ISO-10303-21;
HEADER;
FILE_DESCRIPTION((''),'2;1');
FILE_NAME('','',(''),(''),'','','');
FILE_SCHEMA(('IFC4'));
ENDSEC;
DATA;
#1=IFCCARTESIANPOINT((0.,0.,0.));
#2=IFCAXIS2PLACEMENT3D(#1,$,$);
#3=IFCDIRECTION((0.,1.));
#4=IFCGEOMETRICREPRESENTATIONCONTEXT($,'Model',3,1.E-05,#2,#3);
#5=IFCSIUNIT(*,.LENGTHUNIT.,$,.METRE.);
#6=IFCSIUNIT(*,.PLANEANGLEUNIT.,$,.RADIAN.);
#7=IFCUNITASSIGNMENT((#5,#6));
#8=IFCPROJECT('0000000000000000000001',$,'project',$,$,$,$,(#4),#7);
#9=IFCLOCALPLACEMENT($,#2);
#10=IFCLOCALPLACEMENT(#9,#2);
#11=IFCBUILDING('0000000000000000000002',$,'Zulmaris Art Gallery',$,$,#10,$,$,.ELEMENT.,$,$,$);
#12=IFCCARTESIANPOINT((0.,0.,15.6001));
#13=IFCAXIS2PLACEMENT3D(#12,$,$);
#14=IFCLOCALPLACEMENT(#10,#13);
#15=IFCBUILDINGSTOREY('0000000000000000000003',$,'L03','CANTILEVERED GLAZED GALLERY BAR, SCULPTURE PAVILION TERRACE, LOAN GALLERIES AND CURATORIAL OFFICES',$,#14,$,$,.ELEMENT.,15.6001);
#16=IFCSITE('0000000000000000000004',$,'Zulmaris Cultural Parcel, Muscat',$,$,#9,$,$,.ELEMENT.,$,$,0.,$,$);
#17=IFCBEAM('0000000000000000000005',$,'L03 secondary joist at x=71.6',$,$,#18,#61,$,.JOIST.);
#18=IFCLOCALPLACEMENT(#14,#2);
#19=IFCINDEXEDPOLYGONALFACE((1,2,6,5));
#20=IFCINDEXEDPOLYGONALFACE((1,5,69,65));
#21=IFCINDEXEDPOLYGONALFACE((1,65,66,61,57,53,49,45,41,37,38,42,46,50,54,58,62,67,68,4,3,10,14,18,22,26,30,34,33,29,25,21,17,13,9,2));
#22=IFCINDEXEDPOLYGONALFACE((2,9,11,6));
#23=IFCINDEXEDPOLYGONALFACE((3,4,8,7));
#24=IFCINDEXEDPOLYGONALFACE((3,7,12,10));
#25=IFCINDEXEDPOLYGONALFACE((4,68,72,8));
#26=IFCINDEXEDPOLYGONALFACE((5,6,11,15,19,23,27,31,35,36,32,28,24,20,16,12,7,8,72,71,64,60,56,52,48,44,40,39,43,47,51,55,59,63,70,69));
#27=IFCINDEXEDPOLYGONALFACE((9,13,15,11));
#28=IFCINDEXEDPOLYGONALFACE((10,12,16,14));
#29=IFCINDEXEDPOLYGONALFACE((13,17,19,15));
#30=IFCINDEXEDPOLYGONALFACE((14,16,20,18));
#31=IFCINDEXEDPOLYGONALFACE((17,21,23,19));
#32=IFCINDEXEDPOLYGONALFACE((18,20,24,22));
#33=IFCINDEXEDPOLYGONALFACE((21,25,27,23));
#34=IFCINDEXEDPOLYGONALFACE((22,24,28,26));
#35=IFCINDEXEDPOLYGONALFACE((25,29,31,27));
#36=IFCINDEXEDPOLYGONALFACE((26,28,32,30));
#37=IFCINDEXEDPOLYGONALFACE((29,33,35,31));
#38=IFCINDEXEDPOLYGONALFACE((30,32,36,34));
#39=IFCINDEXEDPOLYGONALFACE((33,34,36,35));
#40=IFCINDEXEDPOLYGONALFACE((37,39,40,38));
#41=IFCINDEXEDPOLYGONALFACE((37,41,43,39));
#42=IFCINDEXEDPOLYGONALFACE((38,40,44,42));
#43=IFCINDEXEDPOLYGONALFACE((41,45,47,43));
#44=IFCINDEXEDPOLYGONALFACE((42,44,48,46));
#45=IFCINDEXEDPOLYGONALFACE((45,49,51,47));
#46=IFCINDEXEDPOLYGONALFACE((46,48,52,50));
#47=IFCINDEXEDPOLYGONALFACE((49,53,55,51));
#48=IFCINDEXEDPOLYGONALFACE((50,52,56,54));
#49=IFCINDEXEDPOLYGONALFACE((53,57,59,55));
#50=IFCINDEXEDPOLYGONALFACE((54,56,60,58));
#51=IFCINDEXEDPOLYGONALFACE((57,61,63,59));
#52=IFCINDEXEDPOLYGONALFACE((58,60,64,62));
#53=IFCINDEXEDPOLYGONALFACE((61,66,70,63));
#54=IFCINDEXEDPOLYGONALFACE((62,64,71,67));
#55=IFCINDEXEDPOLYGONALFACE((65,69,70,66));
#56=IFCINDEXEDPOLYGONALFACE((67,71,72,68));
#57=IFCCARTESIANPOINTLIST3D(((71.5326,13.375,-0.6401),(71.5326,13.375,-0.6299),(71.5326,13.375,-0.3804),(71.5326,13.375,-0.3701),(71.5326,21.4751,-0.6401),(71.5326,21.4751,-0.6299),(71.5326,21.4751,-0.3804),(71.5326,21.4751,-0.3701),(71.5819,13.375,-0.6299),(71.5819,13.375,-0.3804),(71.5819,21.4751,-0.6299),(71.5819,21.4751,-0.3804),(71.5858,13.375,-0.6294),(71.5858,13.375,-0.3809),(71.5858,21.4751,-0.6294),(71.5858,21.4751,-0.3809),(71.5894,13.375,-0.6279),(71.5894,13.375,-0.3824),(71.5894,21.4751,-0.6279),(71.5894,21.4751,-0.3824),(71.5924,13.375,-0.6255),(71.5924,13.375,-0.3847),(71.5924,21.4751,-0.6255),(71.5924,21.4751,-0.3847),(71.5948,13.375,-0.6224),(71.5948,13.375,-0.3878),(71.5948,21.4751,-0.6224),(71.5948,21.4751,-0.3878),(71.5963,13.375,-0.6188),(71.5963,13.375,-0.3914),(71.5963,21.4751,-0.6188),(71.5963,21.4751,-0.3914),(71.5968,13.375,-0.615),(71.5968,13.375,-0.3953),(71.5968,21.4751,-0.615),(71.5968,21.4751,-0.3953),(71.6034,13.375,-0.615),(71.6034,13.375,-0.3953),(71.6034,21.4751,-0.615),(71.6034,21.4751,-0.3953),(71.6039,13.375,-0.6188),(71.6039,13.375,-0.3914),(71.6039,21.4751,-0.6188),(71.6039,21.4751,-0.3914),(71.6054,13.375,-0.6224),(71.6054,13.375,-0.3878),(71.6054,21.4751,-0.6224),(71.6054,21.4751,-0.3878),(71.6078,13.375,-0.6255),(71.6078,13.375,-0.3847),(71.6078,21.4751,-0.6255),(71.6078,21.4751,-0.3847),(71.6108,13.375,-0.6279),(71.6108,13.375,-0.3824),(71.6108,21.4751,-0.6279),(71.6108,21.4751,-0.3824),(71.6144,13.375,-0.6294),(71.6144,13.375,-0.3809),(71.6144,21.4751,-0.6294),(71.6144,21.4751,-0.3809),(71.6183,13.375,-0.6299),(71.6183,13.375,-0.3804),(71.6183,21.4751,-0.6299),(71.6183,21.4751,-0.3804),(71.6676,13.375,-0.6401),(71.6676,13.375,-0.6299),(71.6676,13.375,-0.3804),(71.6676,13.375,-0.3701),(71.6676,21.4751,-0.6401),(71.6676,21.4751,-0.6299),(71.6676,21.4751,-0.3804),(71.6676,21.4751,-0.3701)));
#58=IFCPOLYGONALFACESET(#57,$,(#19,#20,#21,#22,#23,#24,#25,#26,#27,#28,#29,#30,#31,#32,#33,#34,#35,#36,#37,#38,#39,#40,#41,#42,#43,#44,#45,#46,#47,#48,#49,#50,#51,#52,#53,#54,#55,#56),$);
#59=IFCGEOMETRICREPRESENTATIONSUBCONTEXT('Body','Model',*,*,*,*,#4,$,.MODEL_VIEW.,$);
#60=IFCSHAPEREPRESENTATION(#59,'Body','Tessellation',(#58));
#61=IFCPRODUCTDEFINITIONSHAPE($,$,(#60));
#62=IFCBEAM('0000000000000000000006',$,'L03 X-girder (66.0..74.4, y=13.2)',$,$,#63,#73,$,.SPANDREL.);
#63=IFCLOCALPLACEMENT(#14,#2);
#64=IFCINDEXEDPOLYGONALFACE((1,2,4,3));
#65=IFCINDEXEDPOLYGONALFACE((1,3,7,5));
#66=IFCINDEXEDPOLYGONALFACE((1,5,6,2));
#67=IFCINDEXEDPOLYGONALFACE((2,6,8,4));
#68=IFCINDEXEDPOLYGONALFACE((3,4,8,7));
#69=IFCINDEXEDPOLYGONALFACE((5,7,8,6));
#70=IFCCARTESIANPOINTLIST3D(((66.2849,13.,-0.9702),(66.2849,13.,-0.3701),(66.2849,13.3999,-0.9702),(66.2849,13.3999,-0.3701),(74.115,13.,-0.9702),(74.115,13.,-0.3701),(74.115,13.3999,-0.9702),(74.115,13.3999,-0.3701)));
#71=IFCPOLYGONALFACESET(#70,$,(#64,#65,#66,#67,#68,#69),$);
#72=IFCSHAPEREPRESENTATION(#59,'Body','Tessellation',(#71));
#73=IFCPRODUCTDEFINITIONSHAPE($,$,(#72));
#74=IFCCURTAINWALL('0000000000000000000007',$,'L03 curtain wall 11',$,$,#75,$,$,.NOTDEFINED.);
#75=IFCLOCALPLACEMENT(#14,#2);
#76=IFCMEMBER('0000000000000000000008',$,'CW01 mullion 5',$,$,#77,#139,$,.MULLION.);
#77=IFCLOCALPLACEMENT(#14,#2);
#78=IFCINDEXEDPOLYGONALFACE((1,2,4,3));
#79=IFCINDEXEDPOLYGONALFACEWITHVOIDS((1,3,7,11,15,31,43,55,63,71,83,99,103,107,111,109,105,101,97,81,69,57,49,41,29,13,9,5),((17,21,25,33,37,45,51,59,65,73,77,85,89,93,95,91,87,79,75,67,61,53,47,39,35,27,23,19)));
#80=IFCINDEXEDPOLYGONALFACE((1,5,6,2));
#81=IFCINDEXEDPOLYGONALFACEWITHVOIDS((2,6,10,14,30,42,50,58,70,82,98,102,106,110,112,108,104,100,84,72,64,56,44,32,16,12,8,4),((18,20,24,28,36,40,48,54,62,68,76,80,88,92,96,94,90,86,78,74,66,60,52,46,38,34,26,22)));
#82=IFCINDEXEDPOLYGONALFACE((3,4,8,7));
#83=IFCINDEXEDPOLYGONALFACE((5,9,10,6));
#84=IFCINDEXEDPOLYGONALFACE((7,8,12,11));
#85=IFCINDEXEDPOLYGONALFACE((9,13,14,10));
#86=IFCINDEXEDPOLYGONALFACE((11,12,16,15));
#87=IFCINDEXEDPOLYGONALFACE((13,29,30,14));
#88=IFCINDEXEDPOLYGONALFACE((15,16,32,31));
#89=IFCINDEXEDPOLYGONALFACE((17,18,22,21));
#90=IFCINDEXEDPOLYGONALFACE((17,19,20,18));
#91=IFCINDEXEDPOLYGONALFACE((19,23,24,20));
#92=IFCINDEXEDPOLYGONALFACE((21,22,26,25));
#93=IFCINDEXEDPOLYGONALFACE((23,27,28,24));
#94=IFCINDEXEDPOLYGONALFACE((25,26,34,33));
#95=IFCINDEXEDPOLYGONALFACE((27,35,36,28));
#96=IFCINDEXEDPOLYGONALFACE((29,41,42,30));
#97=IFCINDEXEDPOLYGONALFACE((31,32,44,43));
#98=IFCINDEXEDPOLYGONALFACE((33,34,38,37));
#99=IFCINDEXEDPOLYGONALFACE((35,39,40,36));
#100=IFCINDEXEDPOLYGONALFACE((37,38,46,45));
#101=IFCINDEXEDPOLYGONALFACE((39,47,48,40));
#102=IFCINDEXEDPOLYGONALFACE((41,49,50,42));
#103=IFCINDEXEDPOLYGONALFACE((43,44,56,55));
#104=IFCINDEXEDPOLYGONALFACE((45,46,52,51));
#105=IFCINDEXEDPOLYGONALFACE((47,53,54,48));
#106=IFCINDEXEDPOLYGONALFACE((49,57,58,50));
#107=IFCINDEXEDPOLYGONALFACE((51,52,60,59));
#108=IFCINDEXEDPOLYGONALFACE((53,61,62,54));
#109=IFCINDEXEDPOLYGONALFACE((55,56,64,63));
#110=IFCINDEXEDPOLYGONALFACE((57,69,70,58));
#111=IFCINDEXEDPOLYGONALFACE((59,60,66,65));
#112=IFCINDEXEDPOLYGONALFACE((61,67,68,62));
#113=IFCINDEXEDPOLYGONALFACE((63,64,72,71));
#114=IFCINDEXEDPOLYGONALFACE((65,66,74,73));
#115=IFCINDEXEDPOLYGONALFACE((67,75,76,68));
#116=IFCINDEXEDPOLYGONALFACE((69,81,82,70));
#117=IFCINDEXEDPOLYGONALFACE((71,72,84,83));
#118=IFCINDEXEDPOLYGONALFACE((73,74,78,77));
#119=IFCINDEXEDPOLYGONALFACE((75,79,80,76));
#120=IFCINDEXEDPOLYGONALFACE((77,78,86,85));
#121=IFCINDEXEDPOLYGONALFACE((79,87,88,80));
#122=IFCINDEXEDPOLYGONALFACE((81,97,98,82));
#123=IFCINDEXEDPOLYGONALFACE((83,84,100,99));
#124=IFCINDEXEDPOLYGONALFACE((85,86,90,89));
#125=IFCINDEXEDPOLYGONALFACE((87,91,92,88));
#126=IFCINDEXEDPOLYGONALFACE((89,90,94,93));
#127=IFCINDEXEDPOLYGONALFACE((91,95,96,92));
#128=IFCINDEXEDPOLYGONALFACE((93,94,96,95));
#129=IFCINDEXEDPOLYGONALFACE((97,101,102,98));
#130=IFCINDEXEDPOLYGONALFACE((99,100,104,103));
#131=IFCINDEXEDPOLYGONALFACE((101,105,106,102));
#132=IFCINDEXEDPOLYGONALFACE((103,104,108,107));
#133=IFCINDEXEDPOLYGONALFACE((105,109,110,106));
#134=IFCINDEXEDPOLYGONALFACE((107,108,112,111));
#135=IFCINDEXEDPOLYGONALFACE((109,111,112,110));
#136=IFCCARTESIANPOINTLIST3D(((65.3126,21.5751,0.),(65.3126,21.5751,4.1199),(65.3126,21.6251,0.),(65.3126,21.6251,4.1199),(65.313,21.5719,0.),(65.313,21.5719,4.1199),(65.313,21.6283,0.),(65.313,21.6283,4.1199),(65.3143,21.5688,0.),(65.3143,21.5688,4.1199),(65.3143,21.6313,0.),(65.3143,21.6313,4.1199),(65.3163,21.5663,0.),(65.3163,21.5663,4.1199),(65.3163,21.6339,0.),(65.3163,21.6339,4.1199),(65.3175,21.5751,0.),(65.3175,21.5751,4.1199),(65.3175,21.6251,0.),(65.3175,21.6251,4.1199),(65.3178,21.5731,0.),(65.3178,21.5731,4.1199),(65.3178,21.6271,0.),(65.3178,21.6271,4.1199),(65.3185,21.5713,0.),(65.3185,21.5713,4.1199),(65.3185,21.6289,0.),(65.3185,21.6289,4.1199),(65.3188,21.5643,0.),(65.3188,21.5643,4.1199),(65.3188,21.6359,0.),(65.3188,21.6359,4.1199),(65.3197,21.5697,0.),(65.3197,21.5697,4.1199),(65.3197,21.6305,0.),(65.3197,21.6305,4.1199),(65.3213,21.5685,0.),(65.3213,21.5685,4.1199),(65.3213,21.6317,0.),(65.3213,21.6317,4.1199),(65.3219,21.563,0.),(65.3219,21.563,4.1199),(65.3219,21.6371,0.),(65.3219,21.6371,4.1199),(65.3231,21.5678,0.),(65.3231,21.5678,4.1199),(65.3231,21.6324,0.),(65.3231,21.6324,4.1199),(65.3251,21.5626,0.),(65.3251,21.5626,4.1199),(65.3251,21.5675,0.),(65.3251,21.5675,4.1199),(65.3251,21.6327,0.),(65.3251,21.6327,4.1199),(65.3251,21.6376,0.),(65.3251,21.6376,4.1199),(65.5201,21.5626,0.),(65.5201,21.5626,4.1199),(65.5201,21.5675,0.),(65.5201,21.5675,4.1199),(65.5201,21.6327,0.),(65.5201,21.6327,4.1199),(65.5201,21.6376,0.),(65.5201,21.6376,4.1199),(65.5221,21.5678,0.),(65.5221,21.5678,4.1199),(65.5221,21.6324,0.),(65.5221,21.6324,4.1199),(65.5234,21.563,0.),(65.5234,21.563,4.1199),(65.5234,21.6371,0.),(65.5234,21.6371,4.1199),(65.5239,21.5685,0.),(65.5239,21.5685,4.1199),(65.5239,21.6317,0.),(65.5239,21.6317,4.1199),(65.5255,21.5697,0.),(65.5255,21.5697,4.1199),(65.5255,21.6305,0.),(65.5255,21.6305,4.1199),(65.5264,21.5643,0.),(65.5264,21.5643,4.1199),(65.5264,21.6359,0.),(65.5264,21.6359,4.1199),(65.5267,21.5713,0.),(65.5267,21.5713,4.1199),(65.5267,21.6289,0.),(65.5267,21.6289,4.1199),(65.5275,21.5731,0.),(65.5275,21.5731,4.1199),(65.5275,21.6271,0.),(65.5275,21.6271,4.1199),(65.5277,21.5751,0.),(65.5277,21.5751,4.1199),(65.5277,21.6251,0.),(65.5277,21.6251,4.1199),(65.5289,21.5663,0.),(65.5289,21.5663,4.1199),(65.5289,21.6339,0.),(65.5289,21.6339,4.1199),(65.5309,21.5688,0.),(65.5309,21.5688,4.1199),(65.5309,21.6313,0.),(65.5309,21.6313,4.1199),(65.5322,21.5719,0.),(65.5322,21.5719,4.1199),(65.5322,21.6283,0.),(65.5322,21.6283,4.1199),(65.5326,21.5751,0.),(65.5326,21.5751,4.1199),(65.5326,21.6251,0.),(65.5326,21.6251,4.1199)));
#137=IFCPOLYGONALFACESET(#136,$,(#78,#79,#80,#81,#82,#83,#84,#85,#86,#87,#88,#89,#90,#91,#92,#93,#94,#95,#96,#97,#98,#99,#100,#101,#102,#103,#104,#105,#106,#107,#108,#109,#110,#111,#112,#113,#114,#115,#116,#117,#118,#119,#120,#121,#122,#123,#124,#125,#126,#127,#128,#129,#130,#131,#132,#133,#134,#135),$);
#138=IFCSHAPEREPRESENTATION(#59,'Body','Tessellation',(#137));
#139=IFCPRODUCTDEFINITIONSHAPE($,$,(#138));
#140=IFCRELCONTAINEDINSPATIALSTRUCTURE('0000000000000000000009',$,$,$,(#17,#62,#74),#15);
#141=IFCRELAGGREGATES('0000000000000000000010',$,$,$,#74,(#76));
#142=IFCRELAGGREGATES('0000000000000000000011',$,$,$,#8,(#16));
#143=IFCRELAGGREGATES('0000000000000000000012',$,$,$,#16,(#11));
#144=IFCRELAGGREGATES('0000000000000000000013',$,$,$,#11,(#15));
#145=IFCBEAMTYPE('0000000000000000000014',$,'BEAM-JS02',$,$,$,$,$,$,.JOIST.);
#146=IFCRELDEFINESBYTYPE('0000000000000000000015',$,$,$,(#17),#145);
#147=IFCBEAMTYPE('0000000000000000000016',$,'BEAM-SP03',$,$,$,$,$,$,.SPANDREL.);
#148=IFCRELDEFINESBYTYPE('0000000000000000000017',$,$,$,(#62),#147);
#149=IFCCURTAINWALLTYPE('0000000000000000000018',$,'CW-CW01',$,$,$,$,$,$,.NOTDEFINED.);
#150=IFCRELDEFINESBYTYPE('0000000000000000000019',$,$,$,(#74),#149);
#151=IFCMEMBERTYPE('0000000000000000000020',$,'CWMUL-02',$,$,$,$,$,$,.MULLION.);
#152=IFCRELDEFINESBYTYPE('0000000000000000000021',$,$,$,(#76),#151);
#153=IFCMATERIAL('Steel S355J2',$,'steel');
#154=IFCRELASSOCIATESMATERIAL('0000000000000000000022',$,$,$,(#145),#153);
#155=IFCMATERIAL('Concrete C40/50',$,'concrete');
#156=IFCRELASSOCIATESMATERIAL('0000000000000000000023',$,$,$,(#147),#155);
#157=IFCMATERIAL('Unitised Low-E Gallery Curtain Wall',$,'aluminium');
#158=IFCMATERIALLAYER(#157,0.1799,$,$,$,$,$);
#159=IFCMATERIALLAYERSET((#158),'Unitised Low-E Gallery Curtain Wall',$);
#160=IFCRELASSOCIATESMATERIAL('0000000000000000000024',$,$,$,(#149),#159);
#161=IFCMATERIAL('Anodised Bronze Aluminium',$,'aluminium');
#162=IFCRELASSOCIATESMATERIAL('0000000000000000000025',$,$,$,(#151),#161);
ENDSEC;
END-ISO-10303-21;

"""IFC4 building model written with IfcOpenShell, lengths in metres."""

from ifc_helpers import new_model, si_unit, direction, frame, origin, origin_2d, place, context, subcontext, project, spatial, rectangle, hollow_rectangle, i_section, extrude, material, layer, layer_set, material_profile, profile_set, type_object, element, aggregate, save


model = new_model("IFC4")

# Units and contexts
model_context = context("Model", 3, precision=1e-05, world=origin(), true_north=direction((0.0, 1.0)))
body_context = subcontext(model_context, "Body", "Model", "MODEL_VIEW")
ifc_project = project(units=[si_unit("LENGTHUNIT", "METRE"), si_unit("PLANEANGLEUNIT", "RADIAN")], contexts=[model_context])

# Site, building, storey
site_placement = place(None, origin())
site = spatial("IfcSite", under=ifc_project, at=site_placement, Name="Zulmaris Cultural Parcel, Muscat", CompositionType="ELEMENT", RefElevation=0.0)
building_placement = place(site_placement, origin())
building = spatial("IfcBuilding", under=site, at=building_placement, Name="Zulmaris Art Gallery", CompositionType="ELEMENT")
storey_placement = place(building_placement, frame((0.0, 0.0, 15.6001)))
storey = spatial("IfcBuildingStorey", under=building, at=storey_placement, Name="L03", Description="CANTILEVERED GLAZED GALLERY BAR, SCULPTURE PAVILION TERRACE, LOAN GALLERIES AND CURATORIAL OFFICES", CompositionType="ELEMENT", Elevation=15.6001)

# Shared definitions
ifc_material_1 = material(Name="Concrete C40/50", Category="concrete")

# Beams
ifc_material_2 = material(Name="Steel S355J2", Category="steel")
ifc_material_profile_1 = material_profile(ifc_material_2, i_section(OverallWidth=0.135, OverallDepth=0.27, WebThickness=0.0066, FlangeThickness=0.0103, FilletRadius=0.0149, at=origin_2d()), Name="IPE 270")
ifc_profile_set_1 = profile_set([ifc_material_profile_1], Name="Steel S355J2")
beam_type_1 = type_object("IfcBeamType", Name="BEAM-JS02", PredefinedType="JOIST", material=ifc_profile_set_1)
beam_1_placement = place(storey_placement, frame((71.6001, 13.375, -0.5051), z_axis=(0.0, 1.0, 0.0), x_axis=(-1.0, 0.0, 0.0)))
element("IfcBeam", 1, at=beam_1_placement, inside=storey, type_object=beam_type_1, Name="L03 secondary joist at x=71.6", PredefinedType="JOIST", context=body_context, shape_type="SweptSolid", body=[
    extrude(i_section(OverallWidth=0.135, OverallDepth=0.27, WebThickness=0.0066, FlangeThickness=0.0103, FilletRadius=0.0149, at=origin_2d()), origin(), (0.0, 0.0, 1.0), 8.1001),
])
ifc_material_profile_2 = material_profile(ifc_material_1, rectangle(XDim=0.3999, YDim=0.6001, at=origin_2d()), Name="RC 400x600")
ifc_profile_set_2 = profile_set([ifc_material_profile_2], Name="Concrete C40/50")
beam_type_2 = type_object("IfcBeamType", Name="BEAM-SP03", PredefinedType="SPANDREL", material=ifc_profile_set_2)
beam_2_placement = place(storey_placement, frame((66.2849, 13.2, -0.6702), z_axis=(1.0, 0.0, 0.0), x_axis=(0.0, 1.0, 0.0)))
element("IfcBeam", 2, at=beam_2_placement, inside=storey, type_object=beam_type_2, Name="L03 X-girder (66.0..74.4, y=13.2)", PredefinedType="SPANDREL", context=body_context, shape_type="SweptSolid", body=[
    extrude(rectangle(XDim=0.3999, YDim=0.6001, at=origin_2d()), origin(), (0.0, 0.0, 1.0), 7.8301),
])

# Curtain wall, member
ifc_material_3 = material(Name="Unitised Low-E Gallery Curtain Wall", Category="aluminium")
ifc_layer_1 = layer(ifc_material_3, 0.1799)
ifc_layer_set_1 = layer_set([ifc_layer_1], Name="Unitised Low-E Gallery Curtain Wall")
curtain_wall_type_1 = type_object("IfcCurtainWallType", Name="CW-CW01", PredefinedType="NOTDEFINED", material=ifc_layer_set_1)
curtain_wall_1_placement = place(storey_placement, origin())
curtain_wall_1 = element("IfcCurtainWall", 3, at=curtain_wall_1_placement, inside=storey, type_object=curtain_wall_type_1, Name="L03 curtain wall 11", PredefinedType="NOTDEFINED")
ifc_material_4 = material(Name="Anodised Bronze Aluminium", Category="aluminium")
ifc_material_profile_3 = material_profile(ifc_material_4, hollow_rectangle(XDim=0.075, YDim=0.22, WallThickness=0.0049, InnerFilletRadius=0.0076, OuterFilletRadius=0.0125, at=origin_2d()), Name="ALU 75x220x5")
ifc_profile_set_3 = profile_set([ifc_material_profile_3], Name="Anodised Bronze Aluminium")
member_type_1 = type_object("IfcMemberType", Name="CWMUL-02", PredefinedType="MULLION", material=ifc_profile_set_3)
member_1_placement = place(storey_placement, frame((65.4226, 21.6001, 0.0), z_axis=(0.0, 0.0, 1.0), x_axis=(0.0, 1.0, 0.0)))
member_1 = element("IfcMember", 4, at=member_1_placement, type_object=member_type_1, Name="CW01 mullion 5", PredefinedType="MULLION", context=body_context, shape_type="SweptSolid", body=[
    extrude(hollow_rectangle(XDim=0.075, YDim=0.22, WallThickness=0.0049, InnerFilletRadius=0.0076, OuterFilletRadius=0.0125, at=origin_2d()), origin(), (0.0, 0.0, 1.0), 4.1199),
])
aggregate(curtain_wall_1, [member_1])

save(model, "model.ifc")
